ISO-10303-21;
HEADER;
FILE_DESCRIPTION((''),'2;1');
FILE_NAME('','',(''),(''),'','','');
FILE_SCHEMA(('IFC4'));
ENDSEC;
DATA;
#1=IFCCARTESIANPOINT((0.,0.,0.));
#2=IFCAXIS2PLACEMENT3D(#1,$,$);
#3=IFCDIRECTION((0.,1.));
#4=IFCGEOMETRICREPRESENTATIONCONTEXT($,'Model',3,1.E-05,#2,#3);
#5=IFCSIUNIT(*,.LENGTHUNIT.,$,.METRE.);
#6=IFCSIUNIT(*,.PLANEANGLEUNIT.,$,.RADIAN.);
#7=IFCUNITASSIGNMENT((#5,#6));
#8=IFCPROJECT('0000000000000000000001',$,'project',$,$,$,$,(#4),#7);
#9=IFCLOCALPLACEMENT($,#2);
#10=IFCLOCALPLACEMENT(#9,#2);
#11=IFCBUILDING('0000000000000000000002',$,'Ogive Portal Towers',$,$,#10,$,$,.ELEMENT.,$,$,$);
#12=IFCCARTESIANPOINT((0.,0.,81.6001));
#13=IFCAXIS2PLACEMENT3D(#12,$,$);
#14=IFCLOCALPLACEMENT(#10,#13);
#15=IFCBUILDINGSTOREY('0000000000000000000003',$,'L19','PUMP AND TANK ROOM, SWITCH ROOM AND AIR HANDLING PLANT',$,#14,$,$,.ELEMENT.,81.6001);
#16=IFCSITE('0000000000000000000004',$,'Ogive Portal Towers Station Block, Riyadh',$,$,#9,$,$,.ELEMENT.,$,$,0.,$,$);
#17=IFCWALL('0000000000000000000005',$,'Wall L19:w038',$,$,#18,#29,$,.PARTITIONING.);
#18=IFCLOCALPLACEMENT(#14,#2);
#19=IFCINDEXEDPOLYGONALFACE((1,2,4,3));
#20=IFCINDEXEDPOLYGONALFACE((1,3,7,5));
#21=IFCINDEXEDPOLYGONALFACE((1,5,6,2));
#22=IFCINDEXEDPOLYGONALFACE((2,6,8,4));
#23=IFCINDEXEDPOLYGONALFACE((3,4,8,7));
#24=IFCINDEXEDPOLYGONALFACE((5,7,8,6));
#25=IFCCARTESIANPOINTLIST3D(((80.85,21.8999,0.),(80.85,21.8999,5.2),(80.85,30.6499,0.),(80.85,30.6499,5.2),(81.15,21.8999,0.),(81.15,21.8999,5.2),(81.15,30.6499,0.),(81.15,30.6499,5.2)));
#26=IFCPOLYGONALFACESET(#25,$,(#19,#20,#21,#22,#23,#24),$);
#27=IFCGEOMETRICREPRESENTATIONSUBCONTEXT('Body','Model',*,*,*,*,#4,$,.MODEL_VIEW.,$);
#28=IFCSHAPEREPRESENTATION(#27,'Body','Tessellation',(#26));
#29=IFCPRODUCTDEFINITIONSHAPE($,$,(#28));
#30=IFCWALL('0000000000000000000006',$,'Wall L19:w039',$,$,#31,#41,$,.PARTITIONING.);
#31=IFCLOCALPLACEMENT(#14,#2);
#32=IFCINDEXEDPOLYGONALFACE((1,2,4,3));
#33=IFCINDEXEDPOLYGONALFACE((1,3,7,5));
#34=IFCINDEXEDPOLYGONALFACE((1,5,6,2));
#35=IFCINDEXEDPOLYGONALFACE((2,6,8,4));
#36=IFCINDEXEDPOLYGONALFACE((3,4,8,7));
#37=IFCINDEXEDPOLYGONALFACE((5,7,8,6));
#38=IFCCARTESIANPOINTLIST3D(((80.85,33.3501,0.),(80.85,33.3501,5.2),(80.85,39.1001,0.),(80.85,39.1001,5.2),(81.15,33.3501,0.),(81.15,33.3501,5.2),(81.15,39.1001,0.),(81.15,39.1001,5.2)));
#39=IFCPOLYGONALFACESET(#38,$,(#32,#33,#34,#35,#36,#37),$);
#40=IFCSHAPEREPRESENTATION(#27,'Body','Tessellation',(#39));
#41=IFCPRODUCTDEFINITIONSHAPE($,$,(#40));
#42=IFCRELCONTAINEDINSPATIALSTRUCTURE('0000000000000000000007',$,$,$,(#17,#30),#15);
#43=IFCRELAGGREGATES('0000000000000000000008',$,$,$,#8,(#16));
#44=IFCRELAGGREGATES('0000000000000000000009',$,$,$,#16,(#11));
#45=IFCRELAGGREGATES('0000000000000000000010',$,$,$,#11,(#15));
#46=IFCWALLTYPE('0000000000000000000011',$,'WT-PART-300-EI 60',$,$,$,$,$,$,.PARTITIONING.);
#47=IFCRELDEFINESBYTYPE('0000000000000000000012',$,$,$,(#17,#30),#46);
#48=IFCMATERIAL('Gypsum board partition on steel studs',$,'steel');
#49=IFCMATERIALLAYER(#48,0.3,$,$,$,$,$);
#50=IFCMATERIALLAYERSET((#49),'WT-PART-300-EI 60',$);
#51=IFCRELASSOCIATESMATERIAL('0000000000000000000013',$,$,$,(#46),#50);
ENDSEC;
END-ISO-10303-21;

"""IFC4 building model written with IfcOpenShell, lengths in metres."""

from ifc_helpers import new_model, si_unit, direction, frame, frame_2d, origin, place, context, subcontext, project, spatial, rectangle, extrude, material, layer, layer_set, type_object, element, save


model = new_model("IFC4")

# Units and contexts
model_context = context("Model", 3, precision=1e-05, world=origin(), true_north=direction((0.0, 1.0)))
body_context = subcontext(model_context, "Body", "Model", "MODEL_VIEW")
ifc_project = project(units=[si_unit("LENGTHUNIT", "METRE"), si_unit("PLANEANGLEUNIT", "RADIAN")], contexts=[model_context])

# Site, building, storey
site_placement = place(None, origin())
site = spatial("IfcSite", under=ifc_project, at=site_placement, Name="Ogive Portal Towers Station Block, Riyadh", CompositionType="ELEMENT", RefElevation=0.0)
building_placement = place(site_placement, origin())
building = spatial("IfcBuilding", under=site, at=building_placement, Name="Ogive Portal Towers", CompositionType="ELEMENT")
storey_placement = place(building_placement, frame((0.0, 0.0, 81.6001)))
storey = spatial("IfcBuildingStorey", under=building, at=storey_placement, Name="L19", Description="PUMP AND TANK ROOM, SWITCH ROOM AND AIR HANDLING PLANT", CompositionType="ELEMENT", Elevation=81.6001)

# Shared definitions
ifc_material_1 = material(Name="Gypsum board partition on steel studs", Category="steel")

# Walls
ifc_layer_1 = layer(ifc_material_1, 0.3)
ifc_layer_set_1 = layer_set([ifc_layer_1], Name="WT-PART-300-EI 60")
wall_type_1 = type_object("IfcWallType", Name="WT-PART-300-EI 60", PredefinedType="PARTITIONING", material=ifc_layer_set_1)
wall_1_placement = place(storey_placement, frame((81.0, 21.8999, 0.0), z_axis=(0.0, 0.0, 1.0), x_axis=(0.0, 1.0, 0.0)))
element("IfcWall", 1, at=wall_1_placement, inside=storey, type_object=wall_type_1, Name="Wall L19:w038", PredefinedType="PARTITIONING", context=body_context, shape_type="SweptSolid", body=[
    extrude(rectangle(XDim=8.75, YDim=0.3, at=frame_2d((4.375, 0.0))), origin(), (0.0, 0.0, 1.0), 5.2),
])
wall_2_placement = place(storey_placement, frame((81.0, 33.3501, 0.0), z_axis=(0.0, 0.0, 1.0), x_axis=(0.0, 1.0, 0.0)))
element("IfcWall", 2, at=wall_2_placement, inside=storey, type_object=wall_type_1, Name="Wall L19:w039", PredefinedType="PARTITIONING", context=body_context, shape_type="SweptSolid", body=[
    extrude(rectangle(XDim=5.75, YDim=0.3, at=frame_2d((2.875, 0.0))), origin(), (0.0, 0.0, 1.0), 5.2),
])

save(model, "model.ifc")
